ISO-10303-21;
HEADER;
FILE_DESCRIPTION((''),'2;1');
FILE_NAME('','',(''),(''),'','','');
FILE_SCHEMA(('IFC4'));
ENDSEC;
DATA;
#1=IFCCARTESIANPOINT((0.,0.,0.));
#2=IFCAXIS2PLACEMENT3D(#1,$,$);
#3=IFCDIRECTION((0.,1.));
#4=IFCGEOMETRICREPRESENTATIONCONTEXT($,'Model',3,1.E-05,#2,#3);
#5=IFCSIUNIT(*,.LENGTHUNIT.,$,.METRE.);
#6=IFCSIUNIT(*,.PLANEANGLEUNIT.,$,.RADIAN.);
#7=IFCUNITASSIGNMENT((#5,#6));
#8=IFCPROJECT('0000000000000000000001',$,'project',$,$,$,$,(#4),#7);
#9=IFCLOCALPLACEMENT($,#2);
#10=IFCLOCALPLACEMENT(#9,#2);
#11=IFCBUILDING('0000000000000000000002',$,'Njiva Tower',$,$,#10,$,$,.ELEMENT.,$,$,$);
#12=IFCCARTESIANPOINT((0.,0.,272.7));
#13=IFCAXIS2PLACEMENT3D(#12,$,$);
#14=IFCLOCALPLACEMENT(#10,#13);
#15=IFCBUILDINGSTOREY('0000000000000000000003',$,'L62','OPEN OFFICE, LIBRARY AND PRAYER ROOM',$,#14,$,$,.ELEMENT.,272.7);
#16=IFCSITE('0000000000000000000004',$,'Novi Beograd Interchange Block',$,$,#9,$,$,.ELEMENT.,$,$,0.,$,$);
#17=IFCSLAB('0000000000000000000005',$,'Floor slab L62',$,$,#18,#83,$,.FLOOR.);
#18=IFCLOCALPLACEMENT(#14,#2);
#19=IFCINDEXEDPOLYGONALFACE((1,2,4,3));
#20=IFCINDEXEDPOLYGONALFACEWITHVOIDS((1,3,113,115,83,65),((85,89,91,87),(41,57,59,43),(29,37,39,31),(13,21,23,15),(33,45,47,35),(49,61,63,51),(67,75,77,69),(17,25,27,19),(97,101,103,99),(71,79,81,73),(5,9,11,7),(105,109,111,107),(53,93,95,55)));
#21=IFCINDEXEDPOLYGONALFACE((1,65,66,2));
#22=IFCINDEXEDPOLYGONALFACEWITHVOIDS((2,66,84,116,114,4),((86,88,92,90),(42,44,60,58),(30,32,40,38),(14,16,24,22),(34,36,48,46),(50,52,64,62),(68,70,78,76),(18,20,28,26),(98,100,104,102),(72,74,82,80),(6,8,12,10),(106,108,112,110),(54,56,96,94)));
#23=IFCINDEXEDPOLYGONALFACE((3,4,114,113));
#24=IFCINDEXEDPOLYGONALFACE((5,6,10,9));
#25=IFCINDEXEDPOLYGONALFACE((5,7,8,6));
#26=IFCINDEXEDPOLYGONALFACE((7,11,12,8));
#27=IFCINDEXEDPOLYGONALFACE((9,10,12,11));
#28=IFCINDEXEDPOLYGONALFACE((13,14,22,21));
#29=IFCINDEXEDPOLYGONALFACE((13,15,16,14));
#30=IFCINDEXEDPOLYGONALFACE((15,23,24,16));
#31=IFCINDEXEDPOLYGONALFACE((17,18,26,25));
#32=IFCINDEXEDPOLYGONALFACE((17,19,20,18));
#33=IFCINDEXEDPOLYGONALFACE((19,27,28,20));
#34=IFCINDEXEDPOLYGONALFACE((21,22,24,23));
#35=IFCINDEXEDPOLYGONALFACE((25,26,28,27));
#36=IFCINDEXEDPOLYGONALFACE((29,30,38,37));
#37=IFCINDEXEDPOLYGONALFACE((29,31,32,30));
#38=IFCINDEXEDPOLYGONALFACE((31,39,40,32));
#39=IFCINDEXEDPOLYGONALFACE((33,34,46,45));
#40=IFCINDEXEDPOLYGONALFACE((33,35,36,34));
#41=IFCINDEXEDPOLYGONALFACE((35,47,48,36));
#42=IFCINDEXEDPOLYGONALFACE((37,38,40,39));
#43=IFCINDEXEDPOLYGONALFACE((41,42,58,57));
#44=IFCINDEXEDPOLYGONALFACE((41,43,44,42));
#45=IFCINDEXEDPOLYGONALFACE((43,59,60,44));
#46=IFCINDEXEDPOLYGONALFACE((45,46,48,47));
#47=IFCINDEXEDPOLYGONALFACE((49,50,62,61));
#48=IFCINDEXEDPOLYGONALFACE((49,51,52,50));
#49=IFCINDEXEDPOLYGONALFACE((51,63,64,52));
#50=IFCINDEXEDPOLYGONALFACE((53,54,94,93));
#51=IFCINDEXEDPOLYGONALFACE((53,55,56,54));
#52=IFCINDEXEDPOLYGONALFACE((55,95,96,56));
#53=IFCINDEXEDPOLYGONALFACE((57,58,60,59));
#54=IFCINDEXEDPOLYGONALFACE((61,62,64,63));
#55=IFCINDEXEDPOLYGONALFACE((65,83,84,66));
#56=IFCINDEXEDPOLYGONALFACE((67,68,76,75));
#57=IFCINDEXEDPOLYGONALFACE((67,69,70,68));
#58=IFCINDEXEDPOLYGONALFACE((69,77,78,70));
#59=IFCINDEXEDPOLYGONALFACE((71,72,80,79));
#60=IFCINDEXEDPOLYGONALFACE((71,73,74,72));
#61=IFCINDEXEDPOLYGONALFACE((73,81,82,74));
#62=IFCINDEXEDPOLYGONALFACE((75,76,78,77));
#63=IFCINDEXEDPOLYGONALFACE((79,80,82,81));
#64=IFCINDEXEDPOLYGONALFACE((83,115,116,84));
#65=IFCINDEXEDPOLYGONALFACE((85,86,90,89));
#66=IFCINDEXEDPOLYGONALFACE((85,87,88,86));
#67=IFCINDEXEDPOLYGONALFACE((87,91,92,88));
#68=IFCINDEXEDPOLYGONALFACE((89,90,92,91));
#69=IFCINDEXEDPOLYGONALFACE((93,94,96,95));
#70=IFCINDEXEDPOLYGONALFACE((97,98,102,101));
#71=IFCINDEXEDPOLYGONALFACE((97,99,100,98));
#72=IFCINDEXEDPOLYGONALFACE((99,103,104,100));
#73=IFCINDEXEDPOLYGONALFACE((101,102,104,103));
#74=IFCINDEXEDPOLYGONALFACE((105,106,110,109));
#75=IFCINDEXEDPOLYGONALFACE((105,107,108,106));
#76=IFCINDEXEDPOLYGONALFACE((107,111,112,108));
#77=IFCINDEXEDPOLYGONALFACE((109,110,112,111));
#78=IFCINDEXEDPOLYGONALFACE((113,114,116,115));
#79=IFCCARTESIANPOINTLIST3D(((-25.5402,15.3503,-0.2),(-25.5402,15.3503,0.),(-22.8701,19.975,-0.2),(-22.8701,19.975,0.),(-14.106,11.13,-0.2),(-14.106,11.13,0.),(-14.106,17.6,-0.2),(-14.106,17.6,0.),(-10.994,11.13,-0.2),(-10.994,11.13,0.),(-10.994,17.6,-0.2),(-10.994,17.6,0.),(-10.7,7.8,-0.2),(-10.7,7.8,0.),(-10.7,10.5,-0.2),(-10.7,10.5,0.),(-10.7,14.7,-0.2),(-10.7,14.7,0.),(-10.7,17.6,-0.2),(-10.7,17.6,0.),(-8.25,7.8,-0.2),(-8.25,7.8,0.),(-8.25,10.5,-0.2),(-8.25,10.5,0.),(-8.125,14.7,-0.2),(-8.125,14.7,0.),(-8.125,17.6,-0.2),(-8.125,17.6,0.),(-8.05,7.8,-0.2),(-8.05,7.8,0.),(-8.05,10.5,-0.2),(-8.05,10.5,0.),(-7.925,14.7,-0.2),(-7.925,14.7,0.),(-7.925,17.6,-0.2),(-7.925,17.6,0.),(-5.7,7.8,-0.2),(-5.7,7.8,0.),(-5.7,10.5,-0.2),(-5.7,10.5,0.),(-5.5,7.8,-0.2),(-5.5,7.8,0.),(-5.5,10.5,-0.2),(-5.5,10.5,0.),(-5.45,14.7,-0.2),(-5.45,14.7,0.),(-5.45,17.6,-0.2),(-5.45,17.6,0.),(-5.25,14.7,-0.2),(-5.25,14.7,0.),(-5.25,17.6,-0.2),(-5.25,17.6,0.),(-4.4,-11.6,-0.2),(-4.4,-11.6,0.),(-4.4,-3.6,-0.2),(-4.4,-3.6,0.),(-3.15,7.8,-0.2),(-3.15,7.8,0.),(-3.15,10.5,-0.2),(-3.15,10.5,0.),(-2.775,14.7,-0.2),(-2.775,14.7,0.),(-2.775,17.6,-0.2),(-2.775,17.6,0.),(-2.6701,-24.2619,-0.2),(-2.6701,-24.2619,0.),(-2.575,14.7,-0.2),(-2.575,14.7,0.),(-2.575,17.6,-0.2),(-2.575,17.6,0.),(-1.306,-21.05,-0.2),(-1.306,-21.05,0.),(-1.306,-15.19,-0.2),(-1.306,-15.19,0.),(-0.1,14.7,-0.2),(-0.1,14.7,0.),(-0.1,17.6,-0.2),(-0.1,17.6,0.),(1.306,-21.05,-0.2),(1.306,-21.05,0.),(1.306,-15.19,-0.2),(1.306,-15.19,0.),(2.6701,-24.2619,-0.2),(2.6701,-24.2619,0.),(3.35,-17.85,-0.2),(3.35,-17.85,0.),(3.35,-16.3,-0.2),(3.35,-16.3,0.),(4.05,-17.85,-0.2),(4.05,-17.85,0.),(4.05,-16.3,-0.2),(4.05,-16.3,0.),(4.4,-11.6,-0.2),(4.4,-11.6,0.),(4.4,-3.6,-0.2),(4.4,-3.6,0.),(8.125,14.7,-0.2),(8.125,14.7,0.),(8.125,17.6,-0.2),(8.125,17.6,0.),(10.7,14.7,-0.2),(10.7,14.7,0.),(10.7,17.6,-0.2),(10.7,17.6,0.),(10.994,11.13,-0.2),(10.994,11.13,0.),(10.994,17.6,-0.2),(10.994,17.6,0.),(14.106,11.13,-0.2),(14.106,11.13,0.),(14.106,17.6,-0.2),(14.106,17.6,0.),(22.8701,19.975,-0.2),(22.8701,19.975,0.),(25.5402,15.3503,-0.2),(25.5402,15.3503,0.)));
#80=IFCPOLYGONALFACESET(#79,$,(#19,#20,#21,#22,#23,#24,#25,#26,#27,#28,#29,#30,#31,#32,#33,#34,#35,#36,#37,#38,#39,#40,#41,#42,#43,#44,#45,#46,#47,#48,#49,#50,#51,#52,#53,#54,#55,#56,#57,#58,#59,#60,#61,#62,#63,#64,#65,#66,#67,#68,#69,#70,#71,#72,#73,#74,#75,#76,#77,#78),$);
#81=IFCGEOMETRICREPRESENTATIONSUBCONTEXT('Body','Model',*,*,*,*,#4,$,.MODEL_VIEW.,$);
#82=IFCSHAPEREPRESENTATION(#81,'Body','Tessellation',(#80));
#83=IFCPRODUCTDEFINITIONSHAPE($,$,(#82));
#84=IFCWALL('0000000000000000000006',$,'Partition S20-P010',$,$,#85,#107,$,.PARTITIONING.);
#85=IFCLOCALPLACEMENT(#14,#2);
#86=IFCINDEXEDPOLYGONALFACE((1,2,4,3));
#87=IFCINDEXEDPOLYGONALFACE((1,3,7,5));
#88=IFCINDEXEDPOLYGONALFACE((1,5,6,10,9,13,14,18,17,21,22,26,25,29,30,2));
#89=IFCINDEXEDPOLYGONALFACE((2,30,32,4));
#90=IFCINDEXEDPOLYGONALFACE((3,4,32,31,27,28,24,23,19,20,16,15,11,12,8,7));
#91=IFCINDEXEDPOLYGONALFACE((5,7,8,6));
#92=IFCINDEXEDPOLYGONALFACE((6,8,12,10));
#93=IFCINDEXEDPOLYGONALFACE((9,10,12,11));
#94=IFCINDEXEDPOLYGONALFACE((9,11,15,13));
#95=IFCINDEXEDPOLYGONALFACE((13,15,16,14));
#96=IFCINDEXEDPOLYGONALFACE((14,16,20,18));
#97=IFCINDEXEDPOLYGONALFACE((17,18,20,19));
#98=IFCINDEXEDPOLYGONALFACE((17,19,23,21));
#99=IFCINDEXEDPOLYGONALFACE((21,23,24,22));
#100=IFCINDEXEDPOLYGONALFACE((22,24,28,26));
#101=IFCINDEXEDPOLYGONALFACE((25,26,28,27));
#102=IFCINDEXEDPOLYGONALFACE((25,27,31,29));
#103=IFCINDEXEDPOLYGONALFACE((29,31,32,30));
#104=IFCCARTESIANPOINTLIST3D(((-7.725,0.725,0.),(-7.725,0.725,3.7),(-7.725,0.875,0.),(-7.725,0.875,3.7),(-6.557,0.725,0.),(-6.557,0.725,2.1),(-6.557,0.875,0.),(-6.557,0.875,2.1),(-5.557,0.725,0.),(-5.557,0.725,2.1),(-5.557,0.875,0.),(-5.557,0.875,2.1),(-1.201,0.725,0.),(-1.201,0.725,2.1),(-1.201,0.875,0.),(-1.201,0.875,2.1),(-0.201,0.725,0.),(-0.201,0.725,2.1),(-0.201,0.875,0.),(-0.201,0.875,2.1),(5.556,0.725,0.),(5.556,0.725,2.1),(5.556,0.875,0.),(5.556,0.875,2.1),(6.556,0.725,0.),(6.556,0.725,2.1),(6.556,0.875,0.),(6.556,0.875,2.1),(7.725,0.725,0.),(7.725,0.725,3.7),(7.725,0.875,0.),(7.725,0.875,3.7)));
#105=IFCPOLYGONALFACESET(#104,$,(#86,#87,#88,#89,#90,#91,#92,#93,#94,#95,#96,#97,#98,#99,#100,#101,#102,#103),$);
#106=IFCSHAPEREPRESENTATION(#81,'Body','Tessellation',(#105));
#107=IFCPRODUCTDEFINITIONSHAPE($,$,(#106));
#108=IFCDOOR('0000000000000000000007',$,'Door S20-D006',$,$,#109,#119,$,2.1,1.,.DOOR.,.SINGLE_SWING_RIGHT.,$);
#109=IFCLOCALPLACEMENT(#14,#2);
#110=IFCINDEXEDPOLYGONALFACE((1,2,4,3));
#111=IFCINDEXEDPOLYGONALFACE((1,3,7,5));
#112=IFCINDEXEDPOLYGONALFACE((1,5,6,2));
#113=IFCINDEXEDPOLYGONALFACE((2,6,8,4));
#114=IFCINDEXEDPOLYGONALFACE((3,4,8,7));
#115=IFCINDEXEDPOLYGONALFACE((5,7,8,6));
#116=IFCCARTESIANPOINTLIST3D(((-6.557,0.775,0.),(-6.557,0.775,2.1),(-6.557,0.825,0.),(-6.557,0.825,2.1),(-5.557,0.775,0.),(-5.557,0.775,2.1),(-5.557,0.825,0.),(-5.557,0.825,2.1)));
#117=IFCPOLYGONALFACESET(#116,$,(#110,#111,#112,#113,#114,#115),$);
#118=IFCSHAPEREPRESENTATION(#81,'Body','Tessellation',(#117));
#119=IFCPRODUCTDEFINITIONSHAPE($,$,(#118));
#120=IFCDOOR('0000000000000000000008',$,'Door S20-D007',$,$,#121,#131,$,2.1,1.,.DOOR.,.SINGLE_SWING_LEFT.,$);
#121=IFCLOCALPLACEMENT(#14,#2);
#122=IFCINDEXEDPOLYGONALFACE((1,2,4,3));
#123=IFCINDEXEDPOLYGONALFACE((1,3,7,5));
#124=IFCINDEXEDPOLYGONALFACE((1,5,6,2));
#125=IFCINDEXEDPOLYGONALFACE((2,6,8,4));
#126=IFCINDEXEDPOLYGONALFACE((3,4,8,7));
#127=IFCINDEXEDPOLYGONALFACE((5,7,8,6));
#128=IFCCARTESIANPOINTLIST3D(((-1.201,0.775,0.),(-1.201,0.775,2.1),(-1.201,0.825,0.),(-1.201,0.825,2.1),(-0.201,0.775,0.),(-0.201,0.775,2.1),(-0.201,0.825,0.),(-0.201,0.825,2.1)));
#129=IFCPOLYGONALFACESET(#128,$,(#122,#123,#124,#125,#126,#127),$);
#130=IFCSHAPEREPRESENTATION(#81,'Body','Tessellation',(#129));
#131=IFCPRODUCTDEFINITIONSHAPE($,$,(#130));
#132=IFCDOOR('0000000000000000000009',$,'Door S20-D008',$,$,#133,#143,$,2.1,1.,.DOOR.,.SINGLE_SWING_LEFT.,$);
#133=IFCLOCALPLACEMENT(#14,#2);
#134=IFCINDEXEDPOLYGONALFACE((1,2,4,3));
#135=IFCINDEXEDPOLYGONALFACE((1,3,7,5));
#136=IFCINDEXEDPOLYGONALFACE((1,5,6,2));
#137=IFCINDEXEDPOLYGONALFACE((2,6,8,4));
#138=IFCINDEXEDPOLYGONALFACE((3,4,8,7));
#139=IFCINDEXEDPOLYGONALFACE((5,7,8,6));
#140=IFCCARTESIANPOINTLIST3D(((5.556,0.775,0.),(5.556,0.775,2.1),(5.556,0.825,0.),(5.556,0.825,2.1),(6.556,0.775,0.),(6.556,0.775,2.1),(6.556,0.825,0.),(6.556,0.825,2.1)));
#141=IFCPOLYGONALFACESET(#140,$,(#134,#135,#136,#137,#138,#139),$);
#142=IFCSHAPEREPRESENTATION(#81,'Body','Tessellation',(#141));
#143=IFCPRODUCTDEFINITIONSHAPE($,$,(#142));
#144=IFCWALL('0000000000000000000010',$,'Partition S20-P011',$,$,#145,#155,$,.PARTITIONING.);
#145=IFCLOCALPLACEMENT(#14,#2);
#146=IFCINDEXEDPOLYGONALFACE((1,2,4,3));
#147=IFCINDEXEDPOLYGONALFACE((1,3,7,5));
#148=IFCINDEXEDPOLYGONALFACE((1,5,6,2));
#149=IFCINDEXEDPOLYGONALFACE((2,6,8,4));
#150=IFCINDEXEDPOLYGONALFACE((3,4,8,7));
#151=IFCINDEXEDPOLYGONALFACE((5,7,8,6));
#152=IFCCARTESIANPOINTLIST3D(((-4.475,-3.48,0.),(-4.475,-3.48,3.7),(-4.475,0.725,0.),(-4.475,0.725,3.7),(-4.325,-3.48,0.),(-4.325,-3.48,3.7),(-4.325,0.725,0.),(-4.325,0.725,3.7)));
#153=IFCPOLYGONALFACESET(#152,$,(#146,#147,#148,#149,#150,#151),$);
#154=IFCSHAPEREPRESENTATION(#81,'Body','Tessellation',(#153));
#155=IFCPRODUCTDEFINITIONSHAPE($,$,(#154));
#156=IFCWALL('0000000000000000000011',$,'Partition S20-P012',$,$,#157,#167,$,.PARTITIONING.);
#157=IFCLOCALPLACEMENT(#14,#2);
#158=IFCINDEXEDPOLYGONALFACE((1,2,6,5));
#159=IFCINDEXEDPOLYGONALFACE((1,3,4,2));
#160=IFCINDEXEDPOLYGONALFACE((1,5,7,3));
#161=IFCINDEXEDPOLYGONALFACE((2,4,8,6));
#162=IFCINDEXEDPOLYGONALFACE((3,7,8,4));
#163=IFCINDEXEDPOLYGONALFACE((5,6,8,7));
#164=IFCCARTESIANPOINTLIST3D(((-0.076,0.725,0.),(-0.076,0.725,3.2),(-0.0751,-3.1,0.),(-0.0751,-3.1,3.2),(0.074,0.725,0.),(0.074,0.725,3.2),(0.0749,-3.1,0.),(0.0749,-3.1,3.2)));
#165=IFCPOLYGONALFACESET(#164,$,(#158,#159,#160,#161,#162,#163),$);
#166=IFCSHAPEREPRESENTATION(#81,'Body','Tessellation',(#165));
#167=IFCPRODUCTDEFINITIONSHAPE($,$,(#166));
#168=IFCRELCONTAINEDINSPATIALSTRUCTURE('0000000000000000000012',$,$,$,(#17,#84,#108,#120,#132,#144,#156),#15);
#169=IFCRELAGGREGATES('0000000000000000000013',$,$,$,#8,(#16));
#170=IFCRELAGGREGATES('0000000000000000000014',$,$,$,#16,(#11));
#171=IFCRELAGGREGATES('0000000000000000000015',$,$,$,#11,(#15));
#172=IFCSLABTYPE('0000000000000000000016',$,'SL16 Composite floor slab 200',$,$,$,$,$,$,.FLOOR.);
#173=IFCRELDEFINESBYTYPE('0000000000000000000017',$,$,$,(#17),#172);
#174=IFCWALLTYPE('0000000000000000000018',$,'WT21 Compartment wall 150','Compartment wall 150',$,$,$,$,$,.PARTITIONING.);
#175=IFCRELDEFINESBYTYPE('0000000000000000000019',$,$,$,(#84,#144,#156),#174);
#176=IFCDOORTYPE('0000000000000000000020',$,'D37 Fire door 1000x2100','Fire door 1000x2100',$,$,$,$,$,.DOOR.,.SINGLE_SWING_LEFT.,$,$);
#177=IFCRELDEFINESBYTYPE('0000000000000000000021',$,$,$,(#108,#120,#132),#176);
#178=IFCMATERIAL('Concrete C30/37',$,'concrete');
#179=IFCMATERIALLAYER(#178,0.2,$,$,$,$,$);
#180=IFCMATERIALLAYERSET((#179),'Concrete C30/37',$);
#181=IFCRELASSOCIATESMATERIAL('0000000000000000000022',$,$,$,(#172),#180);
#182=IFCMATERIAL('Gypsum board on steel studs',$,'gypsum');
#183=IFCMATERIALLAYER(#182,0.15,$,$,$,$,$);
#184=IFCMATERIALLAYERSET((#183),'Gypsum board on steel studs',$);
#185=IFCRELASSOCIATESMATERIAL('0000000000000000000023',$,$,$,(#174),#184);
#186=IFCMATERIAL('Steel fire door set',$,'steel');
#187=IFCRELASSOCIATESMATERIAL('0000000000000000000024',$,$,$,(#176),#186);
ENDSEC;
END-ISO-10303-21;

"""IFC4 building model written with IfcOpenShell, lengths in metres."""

from ifc_helpers import new_model, si_unit, direction, frame, frame_2d, origin, place, context, subcontext, project, spatial, polyline, rectangle, outline, extrude, material, layer, layer_set, type_object, element, fill, save


model = new_model("IFC4")

# Units and contexts
model_context = context("Model", 3, precision=1e-05, world=origin(), true_north=direction((0.0, 1.0)))
body_context = subcontext(model_context, "Body", "Model", "MODEL_VIEW")
ifc_project = project(units=[si_unit("LENGTHUNIT", "METRE"), si_unit("PLANEANGLEUNIT", "RADIAN")], contexts=[model_context])

# Site, building, storey
site_placement = place(None, origin())
site = spatial("IfcSite", under=ifc_project, at=site_placement, Name="Novi Beograd Interchange Block", CompositionType="ELEMENT", RefElevation=0.0)
building_placement = place(site_placement, origin())
building = spatial("IfcBuilding", under=site, at=building_placement, Name="Njiva Tower", CompositionType="ELEMENT")
storey_placement = place(building_placement, frame((0.0, 0.0, 272.7)))
storey = spatial("IfcBuildingStorey", under=building, at=storey_placement, Name="L62", Description="OPEN OFFICE, LIBRARY AND PRAYER ROOM", CompositionType="ELEMENT", Elevation=272.7)

# Slab
ifc_material_1 = material(Name="Concrete C30/37", Category="concrete")
ifc_layer_1 = layer(ifc_material_1, 0.2)
ifc_layer_set_1 = layer_set([ifc_layer_1], Name="Concrete C30/37")
slab_type = type_object("IfcSlabType", Name="SL16 Composite floor slab 200", PredefinedType="FLOOR", material=ifc_layer_set_1)
slab_placement = place(storey_placement, frame((0.0, 0.0, -0.2)))
element("IfcSlab", 1, at=slab_placement, inside=storey, type_object=slab_type, Name="Floor slab L62", PredefinedType="FLOOR", context=body_context, shape_type="SweptSolid", body=[
    extrude(outline(polyline([(25.5402, 15.3503), (2.6701, -24.2619), (-2.6701, -24.2619), (-25.5402, 15.3503), (-22.8701, 19.975), (22.8701, 19.975), (25.5402, 15.3503)]), holes=[polyline([(10.994, 11.13), (14.106, 11.13), (14.106, 17.6), (10.994, 17.6), (10.994, 11.13)]), polyline([(8.125, 14.7), (10.7, 14.7), (10.7, 17.6), (8.125, 17.6), (8.125, 14.7)]), polyline([(4.4, -11.6), (4.4, -3.6), (-4.4, -3.6), (-4.4, -11.6), (4.4, -11.6)]), polyline([(3.35, -17.85), (4.05, -17.85), (4.05, -16.3), (3.35, -16.3), (3.35, -17.85)]), polyline([(-1.306, -21.05), (1.306, -21.05), (1.306, -15.19), (-1.306, -15.19), (-1.306, -21.05)]), polyline([(-2.575, 14.7), (-0.1, 14.7), (-0.1, 17.6), (-2.575, 17.6), (-2.575, 14.7)]), polyline([(-2.775, 14.7), (-2.775, 17.6), (-5.25, 17.6), (-5.25, 14.7), (-2.775, 14.7)]), polyline([(-5.5, 7.8), (-3.15, 7.8), (-3.15, 10.5), (-5.5, 10.5), (-5.5, 7.8)]), polyline([(-7.925, 14.7), (-5.45, 14.7), (-5.45, 17.6), (-7.925, 17.6), (-7.925, 14.7)]), polyline([(-8.05, 7.8), (-5.7, 7.8), (-5.7, 10.5), (-8.05, 10.5), (-8.05, 7.8)]), polyline([(-10.7, 14.7), (-8.125, 14.7), (-8.125, 17.6), (-10.7, 17.6), (-10.7, 14.7)]), polyline([(-8.25, 7.8), (-8.25, 10.5), (-10.7, 10.5), (-10.7, 7.8), (-8.25, 7.8)]), polyline([(-10.994, 11.13), (-10.994, 17.6), (-14.106, 17.6), (-14.106, 11.13), (-10.994, 11.13)])]), origin(), (0.0, 0.0, 1.0), 0.2),
])

# Wall, openings, doors
ifc_material_2 = material(Name="Gypsum board on steel studs", Category="gypsum")
ifc_layer_2 = layer(ifc_material_2, 0.15)
ifc_layer_set_2 = layer_set([ifc_layer_2], Name="Gypsum board on steel studs")
wall_type_1 = type_object("IfcWallType", Name="WT21 Compartment wall 150", Description="Compartment wall 150", PredefinedType="PARTITIONING", material=ifc_layer_set_2)
wall_1_placement = place(storey_placement, frame((-7.725, 0.8, 0.0), z_axis=(0.0, 0.0, 1.0), x_axis=(1.0, 0.0, 0.0)))
wall_1 = element("IfcWall", 2, at=wall_1_placement, inside=storey, type_object=wall_type_1, Name="Partition S20-P010", PredefinedType="PARTITIONING", context=body_context, shape_type="SweptSolid", body=[
    extrude(rectangle(XDim=15.45, YDim=0.15, at=frame_2d((7.725, 0.0))), origin(), (0.0, 0.0, 1.0), 3.7),
])
opening_1_placement = place(wall_1_placement, frame((1.168, 0.0, 0.0)))
opening_1 = element("IfcOpeningElement", 3, at=opening_1_placement, cuts=wall_1, PredefinedType="OPENING", context=body_context, shape_type="SweptSolid", body=[
    extrude(rectangle(XDim=1.0, YDim=2.1, at=frame_2d((0.5, 1.05))), frame((0.0, 0.085, 0.0), z_axis=(0.0, -1.0, 0.0), x_axis=(1.0, 0.0, 0.0)), (0.0, 0.0, 1.0), 0.17),
])
opening_2_placement = place(wall_1_placement, frame((6.524, 0.0, 0.0)))
opening_2 = element("IfcOpeningElement", 4, at=opening_2_placement, cuts=wall_1, PredefinedType="OPENING", context=body_context, shape_type="SweptSolid", body=[
    extrude(rectangle(XDim=1.0, YDim=2.1, at=frame_2d((0.5, 1.05))), frame((0.0, 0.085, 0.0), z_axis=(0.0, -1.0, 0.0), x_axis=(1.0, 0.0, 0.0)), (0.0, 0.0, 1.0), 0.17),
])
opening_3_placement = place(wall_1_placement, frame((13.281, 0.0, 0.0)))
opening_3 = element("IfcOpeningElement", 5, at=opening_3_placement, cuts=wall_1, PredefinedType="OPENING", context=body_context, shape_type="SweptSolid", body=[
    extrude(rectangle(XDim=1.0, YDim=2.1, at=frame_2d((0.5, 1.05))), frame((0.0, 0.085, 0.0), z_axis=(0.0, -1.0, 0.0), x_axis=(1.0, 0.0, 0.0)), (0.0, 0.0, 1.0), 0.17),
])
ifc_material_3 = material(Name="Steel fire door set", Category="steel")
door_type = type_object("IfcDoorType", Name="D37 Fire door 1000x2100", Description="Fire door 1000x2100", OperationType="SINGLE_SWING_LEFT", PredefinedType="DOOR", material=ifc_material_3)
door_1_placement = place(opening_1_placement, origin())
door_1 = element("IfcDoor", 6, at=door_1_placement, inside=storey, type_object=door_type, Name="Door S20-D006", OperationType="SINGLE_SWING_RIGHT", OverallHeight=2.1, OverallWidth=1.0, PredefinedType="DOOR", context=body_context, shape_type="SweptSolid", body=[
    extrude(rectangle(XDim=1.0, YDim=2.1, at=frame_2d((0.5, 1.05))), frame((0.0, 0.025, 0.0), z_axis=(0.0, -1.0, 0.0), x_axis=(1.0, 0.0, 0.0)), (0.0, 0.0, 1.0), 0.05),
])
fill(opening_1, door_1)
door_2_placement = place(opening_2_placement, origin())
door_2 = element("IfcDoor", 7, at=door_2_placement, inside=storey, type_object=door_type, Name="Door S20-D007", OperationType="SINGLE_SWING_LEFT", OverallHeight=2.1, OverallWidth=1.0, PredefinedType="DOOR", context=body_context, shape_type="SweptSolid", body=[
    extrude(rectangle(XDim=1.0, YDim=2.1, at=frame_2d((0.5, 1.05))), frame((0.0, 0.025, 0.0), z_axis=(0.0, -1.0, 0.0), x_axis=(1.0, 0.0, 0.0)), (0.0, 0.0, 1.0), 0.05),
])
fill(opening_2, door_2)
door_3_placement = place(opening_3_placement, origin())
door_3 = element("IfcDoor", 8, at=door_3_placement, inside=storey, type_object=door_type, Name="Door S20-D008", OperationType="SINGLE_SWING_LEFT", OverallHeight=2.1, OverallWidth=1.0, PredefinedType="DOOR", context=body_context, shape_type="SweptSolid", body=[
    extrude(rectangle(XDim=1.0, YDim=2.1, at=frame_2d((0.5, 1.05))), frame((0.0, 0.025, 0.0), z_axis=(0.0, -1.0, 0.0), x_axis=(1.0, 0.0, 0.0)), (0.0, 0.0, 1.0), 0.05),
])
fill(opening_3, door_3)

# Walls
wall_2_placement = place(storey_placement, frame((-4.4, -3.48, 0.0), z_axis=(0.0, 0.0, 1.0), x_axis=(0.0, 1.0, 0.0)))
element("IfcWall", 9, at=wall_2_placement, inside=storey, type_object=wall_type_1, Name="Partition S20-P011", PredefinedType="PARTITIONING", context=body_context, shape_type="SweptSolid", body=[
    extrude(rectangle(XDim=4.205, YDim=0.15, at=frame_2d((2.1025, 0.0))), origin(), (0.0, 0.0, 1.0), 3.7),
])
wall_3_placement = place(storey_placement, frame((-0.001, 0.725, 0.0), z_axis=(0.0, 0.0, 1.0), x_axis=(0.000235, -1.0, 0.0)))
element("IfcWall", 10, at=wall_3_placement, inside=storey, type_object=wall_type_1, Name="Partition S20-P012", PredefinedType="PARTITIONING", context=body_context, shape_type="SweptSolid", body=[
    extrude(rectangle(XDim=3.825, YDim=0.15, at=frame_2d((1.9125, 0.0))), origin(), (0.0, 0.0, 1.0), 3.2),
])

save(model, "model.ifc")
